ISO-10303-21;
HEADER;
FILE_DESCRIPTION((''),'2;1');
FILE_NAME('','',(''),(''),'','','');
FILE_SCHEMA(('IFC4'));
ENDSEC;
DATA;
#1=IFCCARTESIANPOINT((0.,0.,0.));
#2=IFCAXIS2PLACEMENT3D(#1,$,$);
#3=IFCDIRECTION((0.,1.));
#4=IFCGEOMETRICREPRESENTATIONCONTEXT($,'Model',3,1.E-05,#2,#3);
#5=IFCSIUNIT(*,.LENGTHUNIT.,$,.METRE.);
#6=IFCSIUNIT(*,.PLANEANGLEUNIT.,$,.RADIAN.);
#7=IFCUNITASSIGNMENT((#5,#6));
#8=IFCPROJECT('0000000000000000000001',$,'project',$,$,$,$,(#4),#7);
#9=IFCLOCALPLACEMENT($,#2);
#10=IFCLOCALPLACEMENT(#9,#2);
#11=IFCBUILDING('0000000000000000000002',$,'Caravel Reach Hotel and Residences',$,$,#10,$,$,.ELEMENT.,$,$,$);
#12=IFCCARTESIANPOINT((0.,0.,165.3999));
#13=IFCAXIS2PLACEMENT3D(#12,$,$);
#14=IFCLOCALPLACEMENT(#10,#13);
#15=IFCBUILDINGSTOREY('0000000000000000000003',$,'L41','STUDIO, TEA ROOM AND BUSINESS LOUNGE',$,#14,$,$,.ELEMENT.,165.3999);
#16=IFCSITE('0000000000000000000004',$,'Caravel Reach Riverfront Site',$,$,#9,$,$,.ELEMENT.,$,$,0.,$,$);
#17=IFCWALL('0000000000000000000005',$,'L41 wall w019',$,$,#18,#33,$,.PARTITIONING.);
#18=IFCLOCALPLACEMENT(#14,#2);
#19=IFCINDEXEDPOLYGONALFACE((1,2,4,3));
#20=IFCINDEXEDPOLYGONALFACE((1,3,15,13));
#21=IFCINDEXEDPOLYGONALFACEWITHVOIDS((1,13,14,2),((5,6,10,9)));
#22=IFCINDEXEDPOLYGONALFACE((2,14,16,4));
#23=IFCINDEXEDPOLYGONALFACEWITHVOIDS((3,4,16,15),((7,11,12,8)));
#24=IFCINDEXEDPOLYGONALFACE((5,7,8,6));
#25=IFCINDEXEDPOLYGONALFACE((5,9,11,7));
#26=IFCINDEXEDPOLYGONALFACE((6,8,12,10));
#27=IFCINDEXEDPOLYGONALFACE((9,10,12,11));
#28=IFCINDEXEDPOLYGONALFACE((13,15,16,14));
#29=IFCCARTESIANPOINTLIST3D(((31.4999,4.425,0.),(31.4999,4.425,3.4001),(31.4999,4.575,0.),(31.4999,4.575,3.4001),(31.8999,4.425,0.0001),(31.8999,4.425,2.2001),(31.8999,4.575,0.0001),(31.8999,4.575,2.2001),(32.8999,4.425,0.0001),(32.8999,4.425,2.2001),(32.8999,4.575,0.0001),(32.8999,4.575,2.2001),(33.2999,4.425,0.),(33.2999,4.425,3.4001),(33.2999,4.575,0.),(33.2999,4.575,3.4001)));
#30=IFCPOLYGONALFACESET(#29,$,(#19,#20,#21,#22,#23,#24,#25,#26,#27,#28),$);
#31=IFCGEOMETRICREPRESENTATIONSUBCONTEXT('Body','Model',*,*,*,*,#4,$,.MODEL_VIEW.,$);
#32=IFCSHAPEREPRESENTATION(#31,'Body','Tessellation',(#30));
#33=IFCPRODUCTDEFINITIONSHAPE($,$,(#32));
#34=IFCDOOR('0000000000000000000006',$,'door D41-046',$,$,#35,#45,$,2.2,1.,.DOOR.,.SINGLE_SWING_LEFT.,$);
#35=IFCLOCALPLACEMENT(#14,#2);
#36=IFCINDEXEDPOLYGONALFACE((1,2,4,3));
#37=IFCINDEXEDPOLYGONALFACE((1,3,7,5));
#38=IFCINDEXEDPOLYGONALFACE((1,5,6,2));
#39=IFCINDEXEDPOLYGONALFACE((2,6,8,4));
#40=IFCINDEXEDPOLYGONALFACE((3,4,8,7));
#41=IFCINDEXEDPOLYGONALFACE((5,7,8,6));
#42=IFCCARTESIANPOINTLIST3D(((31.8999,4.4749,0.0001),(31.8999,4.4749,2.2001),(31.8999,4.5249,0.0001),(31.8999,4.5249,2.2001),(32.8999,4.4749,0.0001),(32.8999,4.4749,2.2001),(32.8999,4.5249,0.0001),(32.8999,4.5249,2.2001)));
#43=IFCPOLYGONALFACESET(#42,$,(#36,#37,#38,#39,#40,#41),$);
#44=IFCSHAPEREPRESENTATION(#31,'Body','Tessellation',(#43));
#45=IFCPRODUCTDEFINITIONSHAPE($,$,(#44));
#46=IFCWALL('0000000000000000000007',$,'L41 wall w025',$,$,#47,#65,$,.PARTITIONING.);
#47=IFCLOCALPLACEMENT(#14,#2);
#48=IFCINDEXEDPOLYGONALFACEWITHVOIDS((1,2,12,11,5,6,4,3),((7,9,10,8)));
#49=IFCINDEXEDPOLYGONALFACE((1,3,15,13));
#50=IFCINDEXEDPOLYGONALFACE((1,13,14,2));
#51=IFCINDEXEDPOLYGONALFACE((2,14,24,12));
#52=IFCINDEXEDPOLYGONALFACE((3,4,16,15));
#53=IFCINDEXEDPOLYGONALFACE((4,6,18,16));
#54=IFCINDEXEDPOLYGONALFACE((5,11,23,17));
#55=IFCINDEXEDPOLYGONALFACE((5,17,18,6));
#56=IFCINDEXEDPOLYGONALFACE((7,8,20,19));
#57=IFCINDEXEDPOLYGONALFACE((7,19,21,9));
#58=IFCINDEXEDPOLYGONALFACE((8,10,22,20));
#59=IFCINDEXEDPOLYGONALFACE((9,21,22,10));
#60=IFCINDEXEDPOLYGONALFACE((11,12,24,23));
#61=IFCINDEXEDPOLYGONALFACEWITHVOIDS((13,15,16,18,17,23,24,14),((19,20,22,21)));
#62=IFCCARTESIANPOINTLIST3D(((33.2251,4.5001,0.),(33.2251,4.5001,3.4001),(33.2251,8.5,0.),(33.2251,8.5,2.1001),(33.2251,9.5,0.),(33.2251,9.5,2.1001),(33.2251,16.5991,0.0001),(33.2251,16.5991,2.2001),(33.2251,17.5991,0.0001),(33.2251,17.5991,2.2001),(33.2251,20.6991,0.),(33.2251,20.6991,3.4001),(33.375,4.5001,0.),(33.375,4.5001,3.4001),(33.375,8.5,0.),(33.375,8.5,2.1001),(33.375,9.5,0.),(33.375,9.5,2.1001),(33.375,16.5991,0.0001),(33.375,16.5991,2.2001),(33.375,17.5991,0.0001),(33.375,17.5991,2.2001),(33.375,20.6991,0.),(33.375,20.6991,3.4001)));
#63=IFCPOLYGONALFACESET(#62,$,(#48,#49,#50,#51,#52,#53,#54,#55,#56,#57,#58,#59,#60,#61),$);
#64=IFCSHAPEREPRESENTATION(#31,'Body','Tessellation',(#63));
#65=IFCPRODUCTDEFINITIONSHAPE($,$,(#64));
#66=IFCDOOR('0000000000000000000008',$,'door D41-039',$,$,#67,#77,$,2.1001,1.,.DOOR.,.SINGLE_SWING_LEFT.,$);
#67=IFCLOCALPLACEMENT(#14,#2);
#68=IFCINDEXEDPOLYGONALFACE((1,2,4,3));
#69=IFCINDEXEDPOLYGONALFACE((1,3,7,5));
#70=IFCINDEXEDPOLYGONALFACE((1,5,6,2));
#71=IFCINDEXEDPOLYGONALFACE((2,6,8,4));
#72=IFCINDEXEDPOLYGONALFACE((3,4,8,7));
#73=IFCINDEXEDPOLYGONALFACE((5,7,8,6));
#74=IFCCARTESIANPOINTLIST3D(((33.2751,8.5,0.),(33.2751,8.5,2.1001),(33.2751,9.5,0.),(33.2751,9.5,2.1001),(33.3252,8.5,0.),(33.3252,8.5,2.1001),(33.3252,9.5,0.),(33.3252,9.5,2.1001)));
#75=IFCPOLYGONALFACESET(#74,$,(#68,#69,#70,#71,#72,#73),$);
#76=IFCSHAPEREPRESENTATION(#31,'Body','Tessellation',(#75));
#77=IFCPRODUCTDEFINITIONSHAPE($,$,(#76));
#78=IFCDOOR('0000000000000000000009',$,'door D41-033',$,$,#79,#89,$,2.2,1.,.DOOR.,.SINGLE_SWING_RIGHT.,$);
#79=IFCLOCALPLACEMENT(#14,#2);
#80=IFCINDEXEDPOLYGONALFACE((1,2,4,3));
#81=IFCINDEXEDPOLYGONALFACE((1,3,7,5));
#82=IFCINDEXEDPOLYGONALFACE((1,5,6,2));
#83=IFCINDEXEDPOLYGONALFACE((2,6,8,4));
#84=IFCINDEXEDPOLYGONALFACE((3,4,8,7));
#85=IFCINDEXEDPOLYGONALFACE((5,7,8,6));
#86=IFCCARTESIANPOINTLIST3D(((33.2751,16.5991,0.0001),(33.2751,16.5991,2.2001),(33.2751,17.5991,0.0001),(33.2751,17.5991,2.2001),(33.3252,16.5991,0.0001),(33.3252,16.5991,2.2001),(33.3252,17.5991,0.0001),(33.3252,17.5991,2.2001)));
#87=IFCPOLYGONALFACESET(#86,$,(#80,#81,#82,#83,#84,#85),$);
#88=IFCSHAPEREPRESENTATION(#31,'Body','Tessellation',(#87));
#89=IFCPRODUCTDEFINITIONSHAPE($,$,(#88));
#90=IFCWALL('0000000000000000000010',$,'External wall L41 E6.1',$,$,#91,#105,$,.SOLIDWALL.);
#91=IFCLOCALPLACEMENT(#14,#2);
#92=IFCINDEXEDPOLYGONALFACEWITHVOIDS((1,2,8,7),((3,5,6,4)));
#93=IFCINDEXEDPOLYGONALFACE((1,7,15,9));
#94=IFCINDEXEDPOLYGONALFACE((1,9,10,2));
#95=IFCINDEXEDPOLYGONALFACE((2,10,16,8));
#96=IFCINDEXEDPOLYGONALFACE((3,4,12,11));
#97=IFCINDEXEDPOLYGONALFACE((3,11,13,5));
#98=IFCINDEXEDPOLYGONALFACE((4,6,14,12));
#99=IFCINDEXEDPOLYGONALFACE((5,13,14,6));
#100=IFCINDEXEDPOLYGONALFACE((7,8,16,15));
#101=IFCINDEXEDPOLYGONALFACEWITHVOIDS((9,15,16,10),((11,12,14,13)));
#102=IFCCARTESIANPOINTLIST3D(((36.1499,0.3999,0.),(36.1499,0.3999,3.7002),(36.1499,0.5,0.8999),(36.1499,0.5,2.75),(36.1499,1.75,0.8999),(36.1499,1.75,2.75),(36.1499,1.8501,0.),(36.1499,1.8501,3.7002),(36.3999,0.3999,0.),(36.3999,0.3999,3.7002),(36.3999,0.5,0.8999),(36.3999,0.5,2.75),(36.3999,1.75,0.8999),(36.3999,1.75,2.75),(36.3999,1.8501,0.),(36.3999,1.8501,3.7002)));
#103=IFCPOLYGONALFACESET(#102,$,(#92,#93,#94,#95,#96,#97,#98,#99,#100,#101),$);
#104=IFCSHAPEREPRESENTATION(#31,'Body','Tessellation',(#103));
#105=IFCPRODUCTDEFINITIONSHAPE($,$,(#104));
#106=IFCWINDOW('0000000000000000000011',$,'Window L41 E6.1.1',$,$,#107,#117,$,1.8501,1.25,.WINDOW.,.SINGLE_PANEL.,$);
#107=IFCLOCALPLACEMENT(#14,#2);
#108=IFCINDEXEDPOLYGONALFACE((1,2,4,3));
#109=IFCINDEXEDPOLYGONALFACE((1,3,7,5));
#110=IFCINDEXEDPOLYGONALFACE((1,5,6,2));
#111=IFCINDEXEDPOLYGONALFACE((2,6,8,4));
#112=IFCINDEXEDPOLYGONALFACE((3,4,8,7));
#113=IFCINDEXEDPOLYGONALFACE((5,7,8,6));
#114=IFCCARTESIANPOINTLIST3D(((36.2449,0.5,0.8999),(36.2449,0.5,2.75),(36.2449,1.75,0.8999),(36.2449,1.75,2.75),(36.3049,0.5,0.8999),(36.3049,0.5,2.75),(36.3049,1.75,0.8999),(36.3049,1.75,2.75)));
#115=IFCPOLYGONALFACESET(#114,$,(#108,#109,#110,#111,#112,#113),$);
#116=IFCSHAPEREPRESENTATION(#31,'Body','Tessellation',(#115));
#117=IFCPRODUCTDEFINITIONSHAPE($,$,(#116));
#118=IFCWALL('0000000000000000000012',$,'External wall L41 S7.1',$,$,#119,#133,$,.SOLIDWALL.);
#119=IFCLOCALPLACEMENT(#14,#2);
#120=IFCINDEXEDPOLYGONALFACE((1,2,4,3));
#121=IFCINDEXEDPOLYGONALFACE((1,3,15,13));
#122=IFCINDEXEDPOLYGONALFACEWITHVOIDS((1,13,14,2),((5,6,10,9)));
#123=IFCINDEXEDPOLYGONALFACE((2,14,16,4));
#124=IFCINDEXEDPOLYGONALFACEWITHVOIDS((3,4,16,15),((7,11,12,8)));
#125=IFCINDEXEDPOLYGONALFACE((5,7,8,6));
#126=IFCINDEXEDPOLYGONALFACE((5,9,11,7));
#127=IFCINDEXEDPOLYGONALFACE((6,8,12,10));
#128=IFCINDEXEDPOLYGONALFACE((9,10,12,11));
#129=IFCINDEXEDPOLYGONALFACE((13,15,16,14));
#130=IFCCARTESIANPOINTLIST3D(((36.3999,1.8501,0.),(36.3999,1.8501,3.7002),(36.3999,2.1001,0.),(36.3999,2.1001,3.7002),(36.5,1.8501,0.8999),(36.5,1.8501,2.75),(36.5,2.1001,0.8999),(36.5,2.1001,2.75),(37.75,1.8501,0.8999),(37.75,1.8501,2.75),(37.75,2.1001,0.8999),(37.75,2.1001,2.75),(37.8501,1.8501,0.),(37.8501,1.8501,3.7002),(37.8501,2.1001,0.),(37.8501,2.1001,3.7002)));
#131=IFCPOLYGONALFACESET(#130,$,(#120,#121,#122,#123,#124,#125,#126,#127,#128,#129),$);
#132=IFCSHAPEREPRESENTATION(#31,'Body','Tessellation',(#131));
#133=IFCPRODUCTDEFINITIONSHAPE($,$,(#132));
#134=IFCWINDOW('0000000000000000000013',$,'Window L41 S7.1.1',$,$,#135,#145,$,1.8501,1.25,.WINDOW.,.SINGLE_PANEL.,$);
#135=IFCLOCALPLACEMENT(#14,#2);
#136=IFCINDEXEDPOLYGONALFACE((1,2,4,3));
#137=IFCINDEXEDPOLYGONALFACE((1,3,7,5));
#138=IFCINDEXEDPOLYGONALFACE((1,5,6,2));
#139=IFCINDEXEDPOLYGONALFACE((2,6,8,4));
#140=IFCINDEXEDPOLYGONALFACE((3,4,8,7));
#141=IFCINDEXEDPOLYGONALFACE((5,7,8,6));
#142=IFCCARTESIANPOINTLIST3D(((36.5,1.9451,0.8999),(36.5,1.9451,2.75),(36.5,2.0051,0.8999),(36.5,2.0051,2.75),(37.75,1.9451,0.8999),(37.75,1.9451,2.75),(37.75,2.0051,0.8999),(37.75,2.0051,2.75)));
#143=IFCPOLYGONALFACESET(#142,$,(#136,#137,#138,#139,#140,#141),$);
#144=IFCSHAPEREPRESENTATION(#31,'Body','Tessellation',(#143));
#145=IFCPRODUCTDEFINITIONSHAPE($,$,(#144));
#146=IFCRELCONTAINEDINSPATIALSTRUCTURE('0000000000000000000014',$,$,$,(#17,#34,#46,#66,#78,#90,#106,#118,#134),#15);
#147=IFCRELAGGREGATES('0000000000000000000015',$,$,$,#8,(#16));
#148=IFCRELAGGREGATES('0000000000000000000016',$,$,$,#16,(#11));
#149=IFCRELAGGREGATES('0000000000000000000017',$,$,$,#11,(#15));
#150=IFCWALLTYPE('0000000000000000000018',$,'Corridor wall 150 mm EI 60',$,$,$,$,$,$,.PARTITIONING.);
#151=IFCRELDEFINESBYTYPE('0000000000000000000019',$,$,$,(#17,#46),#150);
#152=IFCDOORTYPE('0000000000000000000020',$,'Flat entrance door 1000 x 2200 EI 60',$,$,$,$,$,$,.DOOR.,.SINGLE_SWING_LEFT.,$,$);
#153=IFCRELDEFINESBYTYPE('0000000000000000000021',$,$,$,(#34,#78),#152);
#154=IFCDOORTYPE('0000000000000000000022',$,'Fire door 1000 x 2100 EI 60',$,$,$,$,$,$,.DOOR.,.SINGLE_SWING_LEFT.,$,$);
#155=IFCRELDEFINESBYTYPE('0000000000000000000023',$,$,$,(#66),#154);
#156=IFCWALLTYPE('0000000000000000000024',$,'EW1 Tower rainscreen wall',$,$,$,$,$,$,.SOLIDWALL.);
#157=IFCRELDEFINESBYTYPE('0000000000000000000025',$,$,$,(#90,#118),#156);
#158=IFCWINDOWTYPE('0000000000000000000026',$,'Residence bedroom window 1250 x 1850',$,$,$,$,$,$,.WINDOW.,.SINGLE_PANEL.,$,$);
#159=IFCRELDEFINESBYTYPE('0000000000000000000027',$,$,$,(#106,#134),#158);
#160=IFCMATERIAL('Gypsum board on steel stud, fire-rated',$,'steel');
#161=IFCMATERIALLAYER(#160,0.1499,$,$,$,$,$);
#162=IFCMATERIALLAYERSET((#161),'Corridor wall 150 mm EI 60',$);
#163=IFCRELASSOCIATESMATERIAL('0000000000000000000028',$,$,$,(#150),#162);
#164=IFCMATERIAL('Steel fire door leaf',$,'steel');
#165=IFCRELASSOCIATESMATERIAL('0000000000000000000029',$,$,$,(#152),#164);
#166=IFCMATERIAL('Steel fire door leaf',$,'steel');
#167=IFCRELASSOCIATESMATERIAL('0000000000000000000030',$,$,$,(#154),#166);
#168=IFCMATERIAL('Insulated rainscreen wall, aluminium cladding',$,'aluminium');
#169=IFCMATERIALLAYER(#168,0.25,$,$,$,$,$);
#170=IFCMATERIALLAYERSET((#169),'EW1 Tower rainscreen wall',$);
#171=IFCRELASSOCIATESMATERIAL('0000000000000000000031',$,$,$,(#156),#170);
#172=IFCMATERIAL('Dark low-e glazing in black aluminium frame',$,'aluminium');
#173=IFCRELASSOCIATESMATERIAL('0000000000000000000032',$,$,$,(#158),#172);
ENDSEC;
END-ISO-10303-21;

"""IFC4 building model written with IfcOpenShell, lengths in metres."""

from ifc_helpers import new_model, si_unit, direction, frame, frame_2d, origin, place, context, subcontext, project, spatial, rectangle, extrude, material, layer, layer_set, type_object, element, fill, save


model = new_model("IFC4")

# Units and contexts
model_context = context("Model", 3, precision=1e-05, world=origin(), true_north=direction((0.0, 1.0)))
body_context = subcontext(model_context, "Body", "Model", "MODEL_VIEW")
ifc_project = project(units=[si_unit("LENGTHUNIT", "METRE"), si_unit("PLANEANGLEUNIT", "RADIAN")], contexts=[model_context])

# Site, building, storey
site_placement = place(None, origin())
site = spatial("IfcSite", under=ifc_project, at=site_placement, Name="Caravel Reach Riverfront Site", CompositionType="ELEMENT", RefElevation=0.0)
building_placement = place(site_placement, origin())
building = spatial("IfcBuilding", under=site, at=building_placement, Name="Caravel Reach Hotel and Residences", CompositionType="ELEMENT")
storey_placement = place(building_placement, frame((0.0, 0.0, 165.3999)))
storey = spatial("IfcBuildingStorey", under=building, at=storey_placement, Name="L41", Description="STUDIO, TEA ROOM AND BUSINESS LOUNGE", CompositionType="ELEMENT", Elevation=165.3999)

# Wall, opening, door
ifc_material_1 = material(Name="Gypsum board on steel stud, fire-rated", Category="steel")
ifc_layer_1 = layer(ifc_material_1, 0.1499)
ifc_layer_set_1 = layer_set([ifc_layer_1], Name="Corridor wall 150 mm EI 60")
wall_type_1 = type_object("IfcWallType", Name="Corridor wall 150 mm EI 60", PredefinedType="PARTITIONING", material=ifc_layer_set_1)
wall_1_placement = place(storey_placement, frame((31.5, 4.5, 0.0), z_axis=(0.0, 0.0, 1.0), x_axis=(1.0, 0.0, 0.0)))
wall_1 = element("IfcWall", 1, at=wall_1_placement, inside=storey, type_object=wall_type_1, Name="L41 wall w019", PredefinedType="PARTITIONING", context=body_context, shape_type="SweptSolid", body=[
    extrude(rectangle(XDim=1.8, YDim=0.1499, at=frame_2d((0.8999, 0.0))), origin(), (0.0, 0.0, 1.0), 3.4001),
])
opening_1_placement = place(wall_1_placement, frame((0.3999, 0.0, 0.0)))
opening_1 = element("IfcOpeningElement", 2, at=opening_1_placement, cuts=wall_1, PredefinedType="OPENING", context=body_context, shape_type="SweptSolid", body=[
    extrude(rectangle(XDim=1.0, YDim=2.2, at=frame_2d((0.5, 1.1001))), frame((0.0, 0.085, 0.0), z_axis=(0.0, -1.0, 0.0), x_axis=(1.0, 0.0, 0.0)), (0.0, 0.0, 1.0), 0.1699),
])
ifc_material_2 = material(Name="Steel fire door leaf", Category="steel")
door_type_1 = type_object("IfcDoorType", Name="Flat entrance door 1000 x 2200 EI 60", OperationType="SINGLE_SWING_LEFT", PredefinedType="DOOR", material=ifc_material_2)
door_1_placement = place(opening_1_placement, origin())
door_1 = element("IfcDoor", 3, at=door_1_placement, inside=storey, type_object=door_type_1, Name="door D41-046", OperationType="SINGLE_SWING_LEFT", OverallHeight=2.2, OverallWidth=1.0, PredefinedType="DOOR", context=body_context, shape_type="SweptSolid", body=[
    extrude(rectangle(XDim=1.0, YDim=2.2, at=frame_2d((0.5, 1.1001))), frame((0.0, 0.0249, 0.0), z_axis=(0.0, -1.0, 0.0), x_axis=(1.0, 0.0, 0.0)), (0.0, 0.0, 1.0), 0.05),
])
fill(opening_1, door_1)

# Wall, openings, doors
wall_2_placement = place(storey_placement, frame((33.3, 4.5, 0.0), z_axis=(0.0, 0.0, 1.0), x_axis=(0.0, 1.0, 0.0)))
wall_2 = element("IfcWall", 4, at=wall_2_placement, inside=storey, type_object=wall_type_1, Name="L41 wall w025", PredefinedType="PARTITIONING", context=body_context, shape_type="SweptSolid", body=[
    extrude(rectangle(XDim=16.199, YDim=0.1499, at=frame_2d((8.0996, 0.0))), origin(), (0.0, 0.0, 1.0), 3.4001),
])
opening_2_placement = place(wall_2_placement, frame((12.0991, 0.0, 0.0)))
opening_2 = element("IfcOpeningElement", 5, at=opening_2_placement, cuts=wall_2, PredefinedType="OPENING", context=body_context, shape_type="SweptSolid", body=[
    extrude(rectangle(XDim=1.0, YDim=2.2, at=frame_2d((0.5, 1.1001))), frame((0.0, 0.085, 0.0), z_axis=(0.0, -1.0, 0.0), x_axis=(1.0, 0.0, 0.0)), (0.0, 0.0, 1.0), 0.1699),
])
opening_3_placement = place(wall_2_placement, frame((4.0, 0.0, 0.0)))
opening_3 = element("IfcOpeningElement", 6, at=opening_3_placement, cuts=wall_2, PredefinedType="OPENING", context=body_context, shape_type="SweptSolid", body=[
    extrude(rectangle(XDim=1.0, YDim=2.1001, at=frame_2d((0.5, 1.05))), frame((0.0, 0.085, 0.0), z_axis=(0.0, -1.0, 0.0), x_axis=(1.0, 0.0, 0.0)), (0.0, 0.0, 1.0), 0.1699),
])
ifc_material_3 = material(Name="Steel fire door leaf", Category="steel")
door_type_2 = type_object("IfcDoorType", Name="Fire door 1000 x 2100 EI 60", OperationType="SINGLE_SWING_LEFT", PredefinedType="DOOR", material=ifc_material_3)
door_2_placement = place(opening_3_placement, origin())
door_2 = element("IfcDoor", 7, at=door_2_placement, inside=storey, type_object=door_type_2, Name="door D41-039", OperationType="SINGLE_SWING_LEFT", OverallHeight=2.1001, OverallWidth=1.0, PredefinedType="DOOR", context=body_context, shape_type="SweptSolid", body=[
    extrude(rectangle(XDim=1.0, YDim=2.1001, at=frame_2d((0.5, 1.05))), frame((0.0, 0.0249, 0.0), z_axis=(0.0, -1.0, 0.0), x_axis=(1.0, 0.0, 0.0)), (0.0, 0.0, 1.0), 0.05),
])
fill(opening_3, door_2)
door_3_placement = place(opening_2_placement, origin())
door_3 = element("IfcDoor", 8, at=door_3_placement, inside=storey, type_object=door_type_1, Name="door D41-033", OperationType="SINGLE_SWING_RIGHT", OverallHeight=2.2, OverallWidth=1.0, PredefinedType="DOOR", context=body_context, shape_type="SweptSolid", body=[
    extrude(rectangle(XDim=1.0, YDim=2.2, at=frame_2d((0.5, 1.1001))), frame((0.0, 0.0249, 0.0), z_axis=(0.0, -1.0, 0.0), x_axis=(1.0, 0.0, 0.0)), (0.0, 0.0, 1.0), 0.05),
])
fill(opening_2, door_3)

# Walls, openings, windows
ifc_material_4 = material(Name="Insulated rainscreen wall, aluminium cladding", Category="aluminium")
ifc_layer_2 = layer(ifc_material_4, 0.25)
ifc_layer_set_2 = layer_set([ifc_layer_2], Name="EW1 Tower rainscreen wall")
wall_type_2 = type_object("IfcWallType", Name="EW1 Tower rainscreen wall", PredefinedType="SOLIDWALL", material=ifc_layer_set_2)
wall_3_placement = place(storey_placement, frame((36.2749, 0.3999, 0.0), z_axis=(0.0, 0.0, 1.0), x_axis=(0.0, 1.0, 0.0)))
wall_3 = element("IfcWall", 9, at=wall_3_placement, inside=storey, type_object=wall_type_2, Name="External wall L41 E6.1", PredefinedType="SOLIDWALL", context=body_context, shape_type="SweptSolid", body=[
    extrude(rectangle(XDim=1.4502, YDim=0.25, at=frame_2d((0.7251, 0.0))), origin(), (0.0, 0.0, 1.0), 3.7002),
])
opening_4_placement = place(wall_3_placement, frame((0.1001, 0.0, 0.8999)))
opening_4 = element("IfcOpeningElement", 10, at=opening_4_placement, cuts=wall_3, PredefinedType="OPENING", context=body_context, shape_type="SweptSolid", body=[
    extrude(rectangle(XDim=1.25, YDim=1.8501, at=frame_2d((0.625, 0.925))), frame((0.0, 0.135, 0.0), z_axis=(0.0, -1.0, 0.0), x_axis=(1.0, 0.0, 0.0)), (0.0, 0.0, 1.0), 0.27),
])
ifc_material_5 = material(Name="Dark low-e glazing in black aluminium frame", Category="aluminium")
window_type_1 = type_object("IfcWindowType", Name="Residence bedroom window 1250 x 1850", PartitioningType="SINGLE_PANEL", PredefinedType="WINDOW", material=ifc_material_5)
window_1_placement = place(opening_4_placement, origin())
window_1 = element("IfcWindow", 11, at=window_1_placement, inside=storey, type_object=window_type_1, Name="Window L41 E6.1.1", OverallHeight=1.8501, OverallWidth=1.25, PartitioningType="SINGLE_PANEL", PredefinedType="WINDOW", context=body_context, shape_type="SweptSolid", body=[
    extrude(rectangle(XDim=1.25, YDim=1.8501, at=frame_2d((0.625, 0.925))), frame((0.0, 0.03, 0.0), z_axis=(0.0, -1.0, 0.0), x_axis=(1.0, 0.0, 0.0)), (0.0, 0.0, 1.0), 0.0601),
])
fill(opening_4, window_1)
wall_4_placement = place(storey_placement, frame((36.3999, 1.9751, 0.0), z_axis=(0.0, 0.0, 1.0), x_axis=(1.0, 0.0, 0.0)))
wall_4 = element("IfcWall", 12, at=wall_4_placement, inside=storey, type_object=wall_type_2, Name="External wall L41 S7.1", PredefinedType="SOLIDWALL", context=body_context, shape_type="SweptSolid", body=[
    extrude(rectangle(XDim=1.4502, YDim=0.25, at=frame_2d((0.7251, 0.0))), origin(), (0.0, 0.0, 1.0), 3.7002),
])
opening_5_placement = place(wall_4_placement, frame((0.1001, 0.0, 0.8999)))
opening_5 = element("IfcOpeningElement", 13, at=opening_5_placement, cuts=wall_4, PredefinedType="OPENING", context=body_context, shape_type="SweptSolid", body=[
    extrude(rectangle(XDim=1.25, YDim=1.8501, at=frame_2d((0.625, 0.925))), frame((0.0, 0.135, 0.0), z_axis=(0.0, -1.0, 0.0), x_axis=(1.0, 0.0, 0.0)), (0.0, 0.0, 1.0), 0.27),
])
window_2_placement = place(opening_5_placement, origin())
window_2 = element("IfcWindow", 14, at=window_2_placement, inside=storey, type_object=window_type_1, Name="Window L41 S7.1.1", OverallHeight=1.8501, OverallWidth=1.25, PartitioningType="SINGLE_PANEL", PredefinedType="WINDOW", context=body_context, shape_type="SweptSolid", body=[
    extrude(rectangle(XDim=1.25, YDim=1.8501, at=frame_2d((0.625, 0.925))), frame((0.0, 0.03, 0.0), z_axis=(0.0, -1.0, 0.0), x_axis=(1.0, 0.0, 0.0)), (0.0, 0.0, 1.0), 0.0601),
])
fill(opening_5, window_2)

save(model, "model.ifc")
